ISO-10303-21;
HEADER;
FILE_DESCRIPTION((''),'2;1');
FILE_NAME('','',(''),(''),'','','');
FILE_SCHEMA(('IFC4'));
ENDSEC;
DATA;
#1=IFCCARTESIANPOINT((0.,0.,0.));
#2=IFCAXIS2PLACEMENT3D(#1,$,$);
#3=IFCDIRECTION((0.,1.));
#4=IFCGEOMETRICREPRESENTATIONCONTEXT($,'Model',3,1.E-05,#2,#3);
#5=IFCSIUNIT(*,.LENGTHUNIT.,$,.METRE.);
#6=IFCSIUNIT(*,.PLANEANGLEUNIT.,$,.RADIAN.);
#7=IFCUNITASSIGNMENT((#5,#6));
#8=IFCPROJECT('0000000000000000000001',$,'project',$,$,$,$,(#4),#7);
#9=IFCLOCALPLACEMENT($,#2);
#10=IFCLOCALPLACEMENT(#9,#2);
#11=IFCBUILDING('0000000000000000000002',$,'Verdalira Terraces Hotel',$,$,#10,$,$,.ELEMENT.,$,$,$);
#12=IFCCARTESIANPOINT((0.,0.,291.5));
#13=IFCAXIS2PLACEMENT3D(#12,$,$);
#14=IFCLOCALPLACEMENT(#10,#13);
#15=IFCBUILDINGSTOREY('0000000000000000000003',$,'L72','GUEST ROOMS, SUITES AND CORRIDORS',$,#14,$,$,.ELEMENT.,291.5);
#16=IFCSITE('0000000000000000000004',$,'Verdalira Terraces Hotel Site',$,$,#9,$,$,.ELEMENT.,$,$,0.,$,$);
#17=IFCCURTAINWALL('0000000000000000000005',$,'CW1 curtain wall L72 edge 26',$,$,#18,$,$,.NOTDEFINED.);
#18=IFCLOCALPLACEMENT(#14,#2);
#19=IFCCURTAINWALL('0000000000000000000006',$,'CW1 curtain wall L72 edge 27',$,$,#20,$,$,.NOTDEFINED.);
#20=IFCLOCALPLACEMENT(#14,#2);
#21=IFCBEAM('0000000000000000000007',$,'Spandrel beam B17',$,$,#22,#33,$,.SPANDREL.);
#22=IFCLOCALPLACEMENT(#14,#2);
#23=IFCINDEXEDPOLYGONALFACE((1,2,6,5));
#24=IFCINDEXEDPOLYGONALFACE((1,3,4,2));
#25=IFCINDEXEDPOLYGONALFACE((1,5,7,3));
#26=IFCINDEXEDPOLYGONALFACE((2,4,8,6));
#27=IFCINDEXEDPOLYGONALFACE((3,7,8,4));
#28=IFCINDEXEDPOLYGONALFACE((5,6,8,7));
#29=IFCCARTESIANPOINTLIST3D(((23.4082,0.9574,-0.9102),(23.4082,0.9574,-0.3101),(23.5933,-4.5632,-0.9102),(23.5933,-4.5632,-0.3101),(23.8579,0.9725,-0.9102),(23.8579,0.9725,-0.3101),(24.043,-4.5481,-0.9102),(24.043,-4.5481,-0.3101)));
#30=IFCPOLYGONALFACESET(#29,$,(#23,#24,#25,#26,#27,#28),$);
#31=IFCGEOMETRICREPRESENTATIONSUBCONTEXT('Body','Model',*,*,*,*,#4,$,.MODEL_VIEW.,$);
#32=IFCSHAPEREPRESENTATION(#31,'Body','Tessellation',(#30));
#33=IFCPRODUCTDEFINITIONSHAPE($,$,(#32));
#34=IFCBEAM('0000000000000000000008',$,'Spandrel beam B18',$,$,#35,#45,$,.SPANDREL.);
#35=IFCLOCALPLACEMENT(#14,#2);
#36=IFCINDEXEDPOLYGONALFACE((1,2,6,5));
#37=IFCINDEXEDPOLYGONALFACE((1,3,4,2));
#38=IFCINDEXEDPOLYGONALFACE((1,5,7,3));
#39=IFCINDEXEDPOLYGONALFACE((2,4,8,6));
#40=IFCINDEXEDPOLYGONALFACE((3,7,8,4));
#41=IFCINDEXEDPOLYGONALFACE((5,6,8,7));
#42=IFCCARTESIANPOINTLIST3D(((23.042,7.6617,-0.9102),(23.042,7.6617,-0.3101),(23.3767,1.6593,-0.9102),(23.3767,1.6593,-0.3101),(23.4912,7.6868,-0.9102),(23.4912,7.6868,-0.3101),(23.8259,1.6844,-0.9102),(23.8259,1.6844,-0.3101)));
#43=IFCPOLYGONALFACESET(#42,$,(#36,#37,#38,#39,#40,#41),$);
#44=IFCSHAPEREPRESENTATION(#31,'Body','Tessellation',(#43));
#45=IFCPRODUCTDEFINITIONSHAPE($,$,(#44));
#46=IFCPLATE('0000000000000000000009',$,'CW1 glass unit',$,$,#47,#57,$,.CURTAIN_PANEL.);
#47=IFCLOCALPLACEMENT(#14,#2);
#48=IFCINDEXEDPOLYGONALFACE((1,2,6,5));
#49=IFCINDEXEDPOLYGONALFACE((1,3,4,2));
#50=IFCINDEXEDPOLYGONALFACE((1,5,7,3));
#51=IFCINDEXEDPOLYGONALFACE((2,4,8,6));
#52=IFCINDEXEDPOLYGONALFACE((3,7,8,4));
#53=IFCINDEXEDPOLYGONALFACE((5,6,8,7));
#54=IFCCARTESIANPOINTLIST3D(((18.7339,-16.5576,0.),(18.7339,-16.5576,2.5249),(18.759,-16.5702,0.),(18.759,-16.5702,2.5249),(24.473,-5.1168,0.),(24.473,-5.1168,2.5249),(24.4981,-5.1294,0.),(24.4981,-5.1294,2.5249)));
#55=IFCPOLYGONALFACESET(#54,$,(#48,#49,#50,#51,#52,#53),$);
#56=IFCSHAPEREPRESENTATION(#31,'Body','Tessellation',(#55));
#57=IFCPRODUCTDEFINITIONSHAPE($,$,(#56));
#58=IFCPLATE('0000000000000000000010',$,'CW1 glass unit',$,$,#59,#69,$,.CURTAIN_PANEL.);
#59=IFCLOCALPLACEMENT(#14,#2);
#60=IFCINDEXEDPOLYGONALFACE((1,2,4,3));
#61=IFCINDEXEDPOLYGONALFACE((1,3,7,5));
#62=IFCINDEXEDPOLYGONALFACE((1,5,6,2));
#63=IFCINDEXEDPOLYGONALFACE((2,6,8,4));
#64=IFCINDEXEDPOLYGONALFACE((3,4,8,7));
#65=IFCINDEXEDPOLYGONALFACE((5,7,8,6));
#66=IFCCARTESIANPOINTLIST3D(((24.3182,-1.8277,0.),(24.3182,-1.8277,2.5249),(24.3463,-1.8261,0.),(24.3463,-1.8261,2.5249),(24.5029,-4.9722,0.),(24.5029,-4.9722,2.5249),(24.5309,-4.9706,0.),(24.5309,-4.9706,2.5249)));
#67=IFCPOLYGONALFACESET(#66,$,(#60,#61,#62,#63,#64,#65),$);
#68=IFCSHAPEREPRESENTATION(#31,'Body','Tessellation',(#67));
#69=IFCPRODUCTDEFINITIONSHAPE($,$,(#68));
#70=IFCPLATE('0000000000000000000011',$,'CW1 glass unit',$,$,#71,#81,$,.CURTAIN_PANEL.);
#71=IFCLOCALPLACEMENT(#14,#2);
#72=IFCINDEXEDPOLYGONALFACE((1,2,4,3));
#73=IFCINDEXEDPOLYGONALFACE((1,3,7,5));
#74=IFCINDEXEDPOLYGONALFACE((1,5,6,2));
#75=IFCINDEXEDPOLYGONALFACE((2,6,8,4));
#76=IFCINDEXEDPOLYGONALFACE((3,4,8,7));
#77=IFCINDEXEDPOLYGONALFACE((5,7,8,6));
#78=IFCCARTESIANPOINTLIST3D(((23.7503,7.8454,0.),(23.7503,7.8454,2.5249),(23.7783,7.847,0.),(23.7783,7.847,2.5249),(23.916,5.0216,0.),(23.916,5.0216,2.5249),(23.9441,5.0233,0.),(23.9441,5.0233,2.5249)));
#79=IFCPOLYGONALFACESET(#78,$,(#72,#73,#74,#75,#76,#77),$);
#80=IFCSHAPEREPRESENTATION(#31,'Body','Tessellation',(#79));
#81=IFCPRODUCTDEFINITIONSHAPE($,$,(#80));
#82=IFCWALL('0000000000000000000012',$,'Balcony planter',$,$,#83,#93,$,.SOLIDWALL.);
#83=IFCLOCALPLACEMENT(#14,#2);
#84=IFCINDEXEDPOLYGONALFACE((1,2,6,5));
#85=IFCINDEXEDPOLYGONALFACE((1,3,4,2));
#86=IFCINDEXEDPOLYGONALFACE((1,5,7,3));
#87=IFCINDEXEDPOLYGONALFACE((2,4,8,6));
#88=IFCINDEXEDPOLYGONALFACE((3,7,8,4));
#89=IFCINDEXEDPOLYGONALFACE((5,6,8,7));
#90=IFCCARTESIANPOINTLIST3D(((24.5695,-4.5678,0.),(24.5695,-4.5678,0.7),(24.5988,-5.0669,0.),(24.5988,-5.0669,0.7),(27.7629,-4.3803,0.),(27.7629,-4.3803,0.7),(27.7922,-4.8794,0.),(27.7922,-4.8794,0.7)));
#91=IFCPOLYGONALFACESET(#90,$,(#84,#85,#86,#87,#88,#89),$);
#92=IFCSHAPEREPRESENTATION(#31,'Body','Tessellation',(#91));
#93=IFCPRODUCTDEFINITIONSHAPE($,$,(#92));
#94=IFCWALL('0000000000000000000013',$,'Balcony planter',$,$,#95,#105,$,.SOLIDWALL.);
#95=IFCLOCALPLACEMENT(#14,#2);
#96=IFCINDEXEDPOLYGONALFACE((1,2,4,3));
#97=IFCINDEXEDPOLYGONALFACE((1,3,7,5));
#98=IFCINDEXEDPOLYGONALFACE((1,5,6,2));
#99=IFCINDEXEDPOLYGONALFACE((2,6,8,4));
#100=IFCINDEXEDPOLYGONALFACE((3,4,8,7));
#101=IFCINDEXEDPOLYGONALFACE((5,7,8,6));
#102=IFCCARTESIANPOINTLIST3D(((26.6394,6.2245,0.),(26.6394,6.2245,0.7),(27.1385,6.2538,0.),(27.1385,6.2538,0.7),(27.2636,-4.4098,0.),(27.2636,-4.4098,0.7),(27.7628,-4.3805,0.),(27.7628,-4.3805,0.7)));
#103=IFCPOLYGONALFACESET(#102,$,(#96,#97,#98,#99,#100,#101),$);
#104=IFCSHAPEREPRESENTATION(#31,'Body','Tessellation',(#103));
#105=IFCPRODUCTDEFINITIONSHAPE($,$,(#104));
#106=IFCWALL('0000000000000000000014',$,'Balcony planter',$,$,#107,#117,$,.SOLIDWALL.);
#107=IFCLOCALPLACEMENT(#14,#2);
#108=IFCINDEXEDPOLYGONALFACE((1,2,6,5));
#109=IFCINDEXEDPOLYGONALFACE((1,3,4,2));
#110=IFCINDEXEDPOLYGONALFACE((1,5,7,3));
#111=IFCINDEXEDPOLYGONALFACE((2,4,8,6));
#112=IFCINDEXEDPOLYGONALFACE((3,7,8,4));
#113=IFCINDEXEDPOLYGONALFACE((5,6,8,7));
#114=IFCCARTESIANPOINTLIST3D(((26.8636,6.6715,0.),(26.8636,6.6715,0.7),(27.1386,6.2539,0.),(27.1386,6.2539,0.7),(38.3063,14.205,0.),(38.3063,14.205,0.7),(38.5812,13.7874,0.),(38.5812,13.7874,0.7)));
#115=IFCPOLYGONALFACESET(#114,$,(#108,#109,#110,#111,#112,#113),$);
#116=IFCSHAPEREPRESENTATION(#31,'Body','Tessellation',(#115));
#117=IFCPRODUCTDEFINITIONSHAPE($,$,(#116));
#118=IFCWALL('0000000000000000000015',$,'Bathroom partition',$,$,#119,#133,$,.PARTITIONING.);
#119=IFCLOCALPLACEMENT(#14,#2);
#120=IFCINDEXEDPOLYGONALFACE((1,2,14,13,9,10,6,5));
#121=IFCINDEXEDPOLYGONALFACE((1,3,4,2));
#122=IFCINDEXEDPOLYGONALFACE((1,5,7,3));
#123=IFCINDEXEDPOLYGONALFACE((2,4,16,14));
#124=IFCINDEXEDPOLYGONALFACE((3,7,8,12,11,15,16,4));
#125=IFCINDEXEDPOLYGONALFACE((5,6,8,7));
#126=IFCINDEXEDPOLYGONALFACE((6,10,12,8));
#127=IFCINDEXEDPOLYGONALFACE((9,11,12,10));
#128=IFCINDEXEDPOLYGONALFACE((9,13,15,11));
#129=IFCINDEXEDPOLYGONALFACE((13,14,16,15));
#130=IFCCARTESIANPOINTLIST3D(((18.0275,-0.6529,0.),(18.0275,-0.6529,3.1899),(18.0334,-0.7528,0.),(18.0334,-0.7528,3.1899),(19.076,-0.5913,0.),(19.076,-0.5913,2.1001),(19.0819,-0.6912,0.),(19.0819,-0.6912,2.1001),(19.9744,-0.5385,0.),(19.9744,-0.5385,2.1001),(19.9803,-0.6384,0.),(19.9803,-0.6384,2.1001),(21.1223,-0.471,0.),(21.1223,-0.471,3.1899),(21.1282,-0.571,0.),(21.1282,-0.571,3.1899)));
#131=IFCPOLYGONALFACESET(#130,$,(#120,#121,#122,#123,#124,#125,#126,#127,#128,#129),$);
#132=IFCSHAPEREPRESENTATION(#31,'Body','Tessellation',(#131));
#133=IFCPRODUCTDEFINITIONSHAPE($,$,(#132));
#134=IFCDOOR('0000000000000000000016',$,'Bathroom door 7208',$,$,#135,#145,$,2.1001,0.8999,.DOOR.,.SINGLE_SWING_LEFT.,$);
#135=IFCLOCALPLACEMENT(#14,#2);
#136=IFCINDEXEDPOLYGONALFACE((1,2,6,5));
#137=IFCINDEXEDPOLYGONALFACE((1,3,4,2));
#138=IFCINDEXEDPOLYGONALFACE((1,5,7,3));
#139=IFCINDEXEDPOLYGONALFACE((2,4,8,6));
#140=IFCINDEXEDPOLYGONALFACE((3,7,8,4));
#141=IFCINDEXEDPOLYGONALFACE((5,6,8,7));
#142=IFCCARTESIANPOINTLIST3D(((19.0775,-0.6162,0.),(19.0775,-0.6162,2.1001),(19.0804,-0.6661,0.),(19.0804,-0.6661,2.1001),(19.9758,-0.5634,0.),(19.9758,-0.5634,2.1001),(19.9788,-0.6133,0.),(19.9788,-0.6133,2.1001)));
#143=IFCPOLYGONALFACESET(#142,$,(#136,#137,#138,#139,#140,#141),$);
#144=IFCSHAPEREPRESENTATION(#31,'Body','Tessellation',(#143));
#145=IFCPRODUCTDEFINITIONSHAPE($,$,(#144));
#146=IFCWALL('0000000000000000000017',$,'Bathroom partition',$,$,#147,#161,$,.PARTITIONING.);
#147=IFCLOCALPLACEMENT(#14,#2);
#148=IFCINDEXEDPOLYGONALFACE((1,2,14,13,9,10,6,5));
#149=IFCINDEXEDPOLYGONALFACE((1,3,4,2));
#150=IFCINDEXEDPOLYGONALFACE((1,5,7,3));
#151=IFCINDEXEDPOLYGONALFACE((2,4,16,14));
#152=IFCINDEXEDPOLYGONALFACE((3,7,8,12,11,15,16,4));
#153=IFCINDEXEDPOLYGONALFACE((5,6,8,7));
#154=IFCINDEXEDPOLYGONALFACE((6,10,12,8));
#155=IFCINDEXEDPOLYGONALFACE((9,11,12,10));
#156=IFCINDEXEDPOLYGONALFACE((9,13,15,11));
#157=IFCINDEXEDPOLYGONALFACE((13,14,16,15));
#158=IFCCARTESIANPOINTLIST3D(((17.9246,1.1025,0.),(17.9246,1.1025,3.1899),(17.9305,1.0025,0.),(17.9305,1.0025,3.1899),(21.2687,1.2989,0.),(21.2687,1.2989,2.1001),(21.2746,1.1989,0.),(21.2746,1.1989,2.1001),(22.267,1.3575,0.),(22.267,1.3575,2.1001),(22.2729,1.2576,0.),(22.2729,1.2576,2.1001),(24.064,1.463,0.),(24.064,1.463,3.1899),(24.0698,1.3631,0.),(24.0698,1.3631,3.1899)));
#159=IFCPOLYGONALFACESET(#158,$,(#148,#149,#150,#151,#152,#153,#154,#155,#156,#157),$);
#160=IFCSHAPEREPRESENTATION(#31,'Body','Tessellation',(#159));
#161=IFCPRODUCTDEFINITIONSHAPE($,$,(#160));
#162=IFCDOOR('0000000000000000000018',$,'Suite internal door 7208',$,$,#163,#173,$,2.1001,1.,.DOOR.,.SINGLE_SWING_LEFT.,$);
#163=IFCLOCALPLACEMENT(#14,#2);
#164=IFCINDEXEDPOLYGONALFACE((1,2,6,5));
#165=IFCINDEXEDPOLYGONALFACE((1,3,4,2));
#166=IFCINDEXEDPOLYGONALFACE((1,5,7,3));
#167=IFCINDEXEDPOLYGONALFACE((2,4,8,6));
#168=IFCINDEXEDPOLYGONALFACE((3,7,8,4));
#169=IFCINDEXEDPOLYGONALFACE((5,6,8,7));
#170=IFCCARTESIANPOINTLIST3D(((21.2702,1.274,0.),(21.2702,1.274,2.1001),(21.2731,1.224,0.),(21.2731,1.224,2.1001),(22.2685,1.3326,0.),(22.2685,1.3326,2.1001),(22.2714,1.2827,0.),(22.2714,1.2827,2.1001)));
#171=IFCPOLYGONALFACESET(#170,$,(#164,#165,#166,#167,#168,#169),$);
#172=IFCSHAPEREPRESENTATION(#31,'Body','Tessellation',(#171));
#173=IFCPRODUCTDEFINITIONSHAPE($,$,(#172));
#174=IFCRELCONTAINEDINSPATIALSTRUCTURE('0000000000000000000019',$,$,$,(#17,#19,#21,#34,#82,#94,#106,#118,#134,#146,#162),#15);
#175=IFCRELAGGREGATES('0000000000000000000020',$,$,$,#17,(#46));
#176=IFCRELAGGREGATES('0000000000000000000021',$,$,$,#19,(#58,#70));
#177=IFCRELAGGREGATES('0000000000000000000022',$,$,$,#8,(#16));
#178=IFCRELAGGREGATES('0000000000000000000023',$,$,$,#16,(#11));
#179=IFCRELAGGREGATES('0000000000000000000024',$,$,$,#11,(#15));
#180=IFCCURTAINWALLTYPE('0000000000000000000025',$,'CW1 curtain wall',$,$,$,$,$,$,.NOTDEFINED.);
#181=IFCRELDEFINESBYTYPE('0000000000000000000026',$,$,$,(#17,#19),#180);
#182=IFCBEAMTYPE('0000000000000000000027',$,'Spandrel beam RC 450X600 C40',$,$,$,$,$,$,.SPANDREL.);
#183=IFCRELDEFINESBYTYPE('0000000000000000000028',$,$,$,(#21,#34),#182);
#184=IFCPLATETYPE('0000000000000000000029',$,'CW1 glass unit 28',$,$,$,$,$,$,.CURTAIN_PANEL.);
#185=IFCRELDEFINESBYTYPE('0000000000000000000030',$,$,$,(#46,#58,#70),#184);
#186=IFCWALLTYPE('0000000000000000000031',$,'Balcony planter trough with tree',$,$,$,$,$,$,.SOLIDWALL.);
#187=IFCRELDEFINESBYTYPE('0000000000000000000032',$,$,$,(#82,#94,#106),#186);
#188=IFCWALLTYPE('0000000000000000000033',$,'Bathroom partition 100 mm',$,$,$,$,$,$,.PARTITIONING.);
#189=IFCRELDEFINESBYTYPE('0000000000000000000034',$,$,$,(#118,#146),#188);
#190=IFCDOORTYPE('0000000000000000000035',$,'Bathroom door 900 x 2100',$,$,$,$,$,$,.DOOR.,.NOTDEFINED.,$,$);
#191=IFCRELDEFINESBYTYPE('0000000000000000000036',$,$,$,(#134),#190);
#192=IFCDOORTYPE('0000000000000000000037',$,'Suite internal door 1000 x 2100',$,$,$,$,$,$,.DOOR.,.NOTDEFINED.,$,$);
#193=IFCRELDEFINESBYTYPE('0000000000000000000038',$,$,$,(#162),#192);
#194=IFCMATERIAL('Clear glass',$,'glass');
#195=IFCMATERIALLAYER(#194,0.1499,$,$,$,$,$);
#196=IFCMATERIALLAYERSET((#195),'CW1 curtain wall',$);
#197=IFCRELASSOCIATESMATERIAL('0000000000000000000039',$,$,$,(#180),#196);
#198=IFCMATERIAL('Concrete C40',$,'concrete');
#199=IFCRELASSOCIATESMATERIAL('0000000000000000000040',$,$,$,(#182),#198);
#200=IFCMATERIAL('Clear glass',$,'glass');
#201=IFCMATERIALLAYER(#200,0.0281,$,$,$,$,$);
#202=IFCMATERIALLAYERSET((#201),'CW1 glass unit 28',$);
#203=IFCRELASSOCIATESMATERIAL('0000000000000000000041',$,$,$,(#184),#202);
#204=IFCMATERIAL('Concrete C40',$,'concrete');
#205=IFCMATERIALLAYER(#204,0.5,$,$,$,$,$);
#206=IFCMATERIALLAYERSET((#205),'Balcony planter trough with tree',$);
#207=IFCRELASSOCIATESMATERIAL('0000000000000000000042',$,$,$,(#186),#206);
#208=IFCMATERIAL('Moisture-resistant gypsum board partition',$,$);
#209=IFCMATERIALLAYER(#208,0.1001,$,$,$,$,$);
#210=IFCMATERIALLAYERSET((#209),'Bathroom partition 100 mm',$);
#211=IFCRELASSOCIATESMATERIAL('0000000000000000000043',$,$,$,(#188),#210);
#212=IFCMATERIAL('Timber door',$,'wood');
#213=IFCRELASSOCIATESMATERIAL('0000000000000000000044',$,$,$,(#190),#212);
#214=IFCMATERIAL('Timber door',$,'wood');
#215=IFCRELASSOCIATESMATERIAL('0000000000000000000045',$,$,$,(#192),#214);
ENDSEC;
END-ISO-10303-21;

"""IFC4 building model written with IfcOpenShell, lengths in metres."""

from ifc_helpers import new_model, si_unit, direction, frame, frame_2d, origin, origin_2d, place, context, subcontext, project, spatial, rectangle, extrude, material, layer, layer_set, material_profile, profile_set, type_object, element, fill, aggregate, save


model = new_model("IFC4")

# Units and contexts
model_context = context("Model", 3, precision=1e-05, world=origin(), true_north=direction((0.0, 1.0)))
body_context = subcontext(model_context, "Body", "Model", "MODEL_VIEW")
ifc_project = project(units=[si_unit("LENGTHUNIT", "METRE"), si_unit("PLANEANGLEUNIT", "RADIAN")], contexts=[model_context])

# Site, building, storey
site_placement = place(None, origin())
site = spatial("IfcSite", under=ifc_project, at=site_placement, Name="Verdalira Terraces Hotel Site", CompositionType="ELEMENT", RefElevation=0.0)
building_placement = place(site_placement, origin())
building = spatial("IfcBuilding", under=site, at=building_placement, Name="Verdalira Terraces Hotel", CompositionType="ELEMENT")
storey_placement = place(building_placement, frame((0.0, 0.0, 291.5)))
storey = spatial("IfcBuildingStorey", under=building, at=storey_placement, Name="L72", Description="GUEST ROOMS, SUITES AND CORRIDORS", CompositionType="ELEMENT", Elevation=291.5)

# Curtain walls
ifc_material_1 = material(Name="Clear glass", Category="glass")
ifc_layer_1 = layer(ifc_material_1, 0.1499)
ifc_layer_set_1 = layer_set([ifc_layer_1], Name="CW1 curtain wall")
curtain_wall_type = type_object("IfcCurtainWallType", Name="CW1 curtain wall", PredefinedType="NOTDEFINED", material=ifc_layer_set_1)
curtain_wall_1_placement = place(storey_placement, origin())
curtain_wall_1 = element("IfcCurtainWall", 1, at=curtain_wall_1_placement, inside=storey, type_object=curtain_wall_type, Name="CW1 curtain wall L72 edge 26", PredefinedType="NOTDEFINED")
curtain_wall_2_placement = place(storey_placement, origin())
curtain_wall_2 = element("IfcCurtainWall", 2, at=curtain_wall_2_placement, inside=storey, type_object=curtain_wall_type, Name="CW1 curtain wall L72 edge 27", PredefinedType="NOTDEFINED")

# Beams
ifc_material_2 = material(Name="Concrete C40", Category="concrete")
ifc_material_profile_1 = material_profile(ifc_material_2, rectangle(XDim=0.45, YDim=0.6001, at=origin_2d()), Name="RC 450X600")
ifc_profile_set_1 = profile_set([ifc_material_profile_1], Name="Concrete C40")
beam_type_1 = type_object("IfcBeamType", Name="Spandrel beam RC 450X600 C40", PredefinedType="SPANDREL", material=ifc_profile_set_1)
beam_1_placement = place(storey_placement, frame((23.8181, -4.5557, -0.6101), z_axis=(-0.033503, 0.999439, 0.0), x_axis=(-0.999439, -0.033503, 0.0)))
element("IfcBeam", 3, at=beam_1_placement, inside=storey, type_object=beam_type_1, Name="Spandrel beam B17", PredefinedType="SPANDREL", context=body_context, shape_type="SweptSolid", body=[
    extrude(rectangle(XDim=0.45, YDim=0.6001, at=origin_2d()), origin(), (0.0, 0.0, 1.0), 5.5237),
])
beam_2_placement = place(storey_placement, frame((23.6013, 1.6719, -0.6101), z_axis=(-0.055677, 0.998449, 0.0), x_axis=(-0.998449, -0.055677, 0.0)))
element("IfcBeam", 4, at=beam_2_placement, inside=storey, type_object=beam_type_1, Name="Spandrel beam B18", PredefinedType="SPANDREL", context=body_context, shape_type="SweptSolid", body=[
    extrude(rectangle(XDim=0.45, YDim=0.6001, at=origin_2d()), origin(), (0.0, 0.0, 1.0), 6.0117),
])

# Plates
ifc_material_3 = material(Name="Clear glass", Category="glass")
ifc_layer_2 = layer(ifc_material_3, 0.0281)
ifc_layer_set_2 = layer_set([ifc_layer_2], Name="CW1 glass unit 28")
plate_type = type_object("IfcPlateType", Name="CW1 glass unit 28", PredefinedType="CURTAIN_PANEL", material=ifc_layer_set_2)
plate_1_placement = place(storey_placement, frame((21.616, -10.8435, 0.0), z_axis=(0.0, 0.0, 1.0), x_axis=(0.448383, 0.893841, 0.0)))
plate_1 = element("IfcPlate", 5, at=plate_1_placement, type_object=plate_type, Name="CW1 glass unit", PredefinedType="CURTAIN_PANEL", context=body_context, shape_type="SweptSolid", body=[
    extrude(rectangle(XDim=12.7996, YDim=0.0281, at=origin_2d()), origin(), (0.0, 0.0, 1.0), 2.5249),
])
aggregate(curtain_wall_1, [plate_1])
plate_2_placement = place(storey_placement, frame((24.4246, -3.3992, 0.0), z_axis=(0.0, 0.0, 1.0), x_axis=(-0.058609, 0.998281, 0.0)))
plate_2 = element("IfcPlate", 6, at=plate_2_placement, type_object=plate_type, Name="CW1 glass unit", PredefinedType="CURTAIN_PANEL", context=body_context, shape_type="SweptSolid", body=[
    extrude(rectangle(XDim=3.1499, YDim=0.0281, at=origin_2d()), origin(), (0.0, 0.0, 1.0), 2.5249),
])
plate_3_placement = place(storey_placement, frame((23.8472, 6.4343, 0.0), z_axis=(0.0, 0.0, 1.0), x_axis=(-0.058609, 0.998281, 0.0)))
plate_3 = element("IfcPlate", 7, at=plate_3_placement, type_object=plate_type, Name="CW1 glass unit", PredefinedType="CURTAIN_PANEL", context=body_context, shape_type="SweptSolid", body=[
    extrude(rectangle(XDim=2.8286, YDim=0.0281, at=origin_2d()), origin(), (0.0, 0.0, 1.0), 2.5249),
])
aggregate(curtain_wall_2, [plate_2, plate_3])

# Walls
ifc_material_4 = material(Name="Concrete C40", Category="concrete")
ifc_layer_3 = layer(ifc_material_4, 0.5)
ifc_layer_set_3 = layer_set([ifc_layer_3], Name="Balcony planter trough with tree")
wall_type_1 = type_object("IfcWallType", Name="Balcony planter trough with tree", PredefinedType="SOLIDWALL", material=ifc_layer_set_3)
wall_1_placement = place(storey_placement, frame((24.584, -4.8174, 0.0), z_axis=(0.0, 0.0, 1.0), x_axis=(0.998281, 0.058615, 0.0)))
element("IfcWall", 8, at=wall_1_placement, inside=storey, type_object=wall_type_1, Name="Balcony planter", PredefinedType="SOLIDWALL", context=body_context, shape_type="SweptSolid", body=[
    extrude(rectangle(XDim=3.199, YDim=0.5, at=frame_2d((1.5996, 0.0))), origin(), (0.0, 0.0, 1.0), 0.7),
])
wall_2_placement = place(storey_placement, frame((27.5132, -4.395, 0.0), z_axis=(0.0, 0.0, 1.0), x_axis=(-0.058602, 0.998281, 0.0)))
element("IfcWall", 9, at=wall_2_placement, inside=storey, type_object=wall_type_1, Name="Balcony planter", PredefinedType="SOLIDWALL", context=body_context, shape_type="SweptSolid", body=[
    extrude(rectangle(XDim=10.6526, YDim=0.5, at=frame_2d((5.3262, 0.0))), origin(), (0.0, 0.0, 1.0), 0.7),
])
wall_3_placement = place(storey_placement, frame((27.001, 6.4626, 0.0), z_axis=(0.0, 0.0, 1.0), x_axis=(0.835236, 0.549892, 0.0)))
element("IfcWall", 10, at=wall_3_placement, inside=storey, type_object=wall_type_1, Name="Balcony planter", PredefinedType="SOLIDWALL", context=body_context, shape_type="SweptSolid", body=[
    extrude(rectangle(XDim=13.7, YDim=0.5, at=frame_2d((6.8501, 0.0))), origin(), (0.0, 0.0, 1.0), 0.7),
])

# Walls, openings, doors
ifc_material_5 = material(Name="Moisture-resistant gypsum board partition")
ifc_layer_4 = layer(ifc_material_5, 0.1001)
ifc_layer_set_4 = layer_set([ifc_layer_4], Name="Bathroom partition 100 mm")
wall_type_2 = type_object("IfcWallType", Name="Bathroom partition 100 mm", PredefinedType="PARTITIONING", material=ifc_layer_set_4)
wall_4_placement = place(storey_placement, frame((21.1252, -0.521, 0.0), z_axis=(0.0, 0.0, 1.0), x_axis=(-0.998277, -0.058671, 0.0)))
wall_4 = element("IfcWall", 11, at=wall_4_placement, inside=storey, type_object=wall_type_2, Name="Bathroom partition", PredefinedType="PARTITIONING", context=body_context, shape_type="SweptSolid", body=[
    extrude(rectangle(XDim=3.1001, YDim=0.1001, at=frame_2d((1.55, 0.0))), origin(), (0.0, 0.0, 1.0), 3.1899),
])
opening_1_placement = place(wall_4_placement, frame((1.1499, 0.0, 0.0)))
opening_1 = element("IfcOpeningElement", 12, at=opening_1_placement, cuts=wall_4, PredefinedType="OPENING", context=body_context, shape_type="SweptSolid", body=[
    extrude(rectangle(XDim=0.8999, YDim=2.1001, at=frame_2d((0.45, 1.05))), frame((0.0, 0.0601, 0.0), z_axis=(0.0, -1.0, 0.0), x_axis=(1.0, 0.0, 0.0)), (0.0, 0.0, 1.0), 0.1201),
])
ifc_material_6 = material(Name="Timber door", Category="wood")
door_type_1 = type_object("IfcDoorType", Name="Bathroom door 900 x 2100", OperationType="NOTDEFINED", PredefinedType="DOOR", material=ifc_material_6)
door_1_placement = place(opening_1_placement, origin())
door_1 = element("IfcDoor", 13, at=door_1_placement, inside=storey, type_object=door_type_1, Name="Bathroom door 7208", OperationType="SINGLE_SWING_LEFT", OverallHeight=2.1001, OverallWidth=0.8999, PredefinedType="DOOR", context=body_context, shape_type="SweptSolid", body=[
    extrude(rectangle(XDim=0.8999, YDim=2.1001, at=frame_2d((0.45, 1.05))), frame((0.0, 0.0249, 0.0), z_axis=(0.0, -1.0, 0.0), x_axis=(1.0, 0.0, 0.0)), (0.0, 0.0, 1.0), 0.05),
])
fill(opening_1, door_1)
wall_5_placement = place(storey_placement, frame((24.0669, 1.4131, 0.0), z_axis=(0.0, 0.0, 1.0), x_axis=(-0.99828, -0.058634, 0.0)))
wall_5 = element("IfcWall", 14, at=wall_5_placement, inside=storey, type_object=wall_type_2, Name="Bathroom partition", PredefinedType="PARTITIONING", context=body_context, shape_type="SweptSolid", body=[
    extrude(rectangle(XDim=6.1499, YDim=0.1001, at=frame_2d((3.075, 0.0))), origin(), (0.0, 0.0, 1.0), 3.1899),
])
opening_2_placement = place(wall_5_placement, frame((1.8, 0.0, 0.0)))
opening_2 = element("IfcOpeningElement", 15, at=opening_2_placement, cuts=wall_5, PredefinedType="OPENING", context=body_context, shape_type="SweptSolid", body=[
    extrude(rectangle(XDim=1.0, YDim=2.1001, at=frame_2d((0.5, 1.05))), frame((0.0, 0.0601, 0.0), z_axis=(0.0, -1.0, 0.0), x_axis=(1.0, 0.0, 0.0)), (0.0, 0.0, 1.0), 0.1201),
])
ifc_material_7 = material(Name="Timber door", Category="wood")
door_type_2 = type_object("IfcDoorType", Name="Suite internal door 1000 x 2100", OperationType="NOTDEFINED", PredefinedType="DOOR", material=ifc_material_7)
door_2_placement = place(opening_2_placement, origin())
door_2 = element("IfcDoor", 16, at=door_2_placement, inside=storey, type_object=door_type_2, Name="Suite internal door 7208", OperationType="SINGLE_SWING_LEFT", OverallHeight=2.1001, OverallWidth=1.0, PredefinedType="DOOR", context=body_context, shape_type="SweptSolid", body=[
    extrude(rectangle(XDim=1.0, YDim=2.1001, at=frame_2d((0.5, 1.05))), frame((0.0, 0.0249, 0.0), z_axis=(0.0, -1.0, 0.0), x_axis=(1.0, 0.0, 0.0)), (0.0, 0.0, 1.0), 0.05),
])
fill(opening_2, door_2)

save(model, "model.ifc")
